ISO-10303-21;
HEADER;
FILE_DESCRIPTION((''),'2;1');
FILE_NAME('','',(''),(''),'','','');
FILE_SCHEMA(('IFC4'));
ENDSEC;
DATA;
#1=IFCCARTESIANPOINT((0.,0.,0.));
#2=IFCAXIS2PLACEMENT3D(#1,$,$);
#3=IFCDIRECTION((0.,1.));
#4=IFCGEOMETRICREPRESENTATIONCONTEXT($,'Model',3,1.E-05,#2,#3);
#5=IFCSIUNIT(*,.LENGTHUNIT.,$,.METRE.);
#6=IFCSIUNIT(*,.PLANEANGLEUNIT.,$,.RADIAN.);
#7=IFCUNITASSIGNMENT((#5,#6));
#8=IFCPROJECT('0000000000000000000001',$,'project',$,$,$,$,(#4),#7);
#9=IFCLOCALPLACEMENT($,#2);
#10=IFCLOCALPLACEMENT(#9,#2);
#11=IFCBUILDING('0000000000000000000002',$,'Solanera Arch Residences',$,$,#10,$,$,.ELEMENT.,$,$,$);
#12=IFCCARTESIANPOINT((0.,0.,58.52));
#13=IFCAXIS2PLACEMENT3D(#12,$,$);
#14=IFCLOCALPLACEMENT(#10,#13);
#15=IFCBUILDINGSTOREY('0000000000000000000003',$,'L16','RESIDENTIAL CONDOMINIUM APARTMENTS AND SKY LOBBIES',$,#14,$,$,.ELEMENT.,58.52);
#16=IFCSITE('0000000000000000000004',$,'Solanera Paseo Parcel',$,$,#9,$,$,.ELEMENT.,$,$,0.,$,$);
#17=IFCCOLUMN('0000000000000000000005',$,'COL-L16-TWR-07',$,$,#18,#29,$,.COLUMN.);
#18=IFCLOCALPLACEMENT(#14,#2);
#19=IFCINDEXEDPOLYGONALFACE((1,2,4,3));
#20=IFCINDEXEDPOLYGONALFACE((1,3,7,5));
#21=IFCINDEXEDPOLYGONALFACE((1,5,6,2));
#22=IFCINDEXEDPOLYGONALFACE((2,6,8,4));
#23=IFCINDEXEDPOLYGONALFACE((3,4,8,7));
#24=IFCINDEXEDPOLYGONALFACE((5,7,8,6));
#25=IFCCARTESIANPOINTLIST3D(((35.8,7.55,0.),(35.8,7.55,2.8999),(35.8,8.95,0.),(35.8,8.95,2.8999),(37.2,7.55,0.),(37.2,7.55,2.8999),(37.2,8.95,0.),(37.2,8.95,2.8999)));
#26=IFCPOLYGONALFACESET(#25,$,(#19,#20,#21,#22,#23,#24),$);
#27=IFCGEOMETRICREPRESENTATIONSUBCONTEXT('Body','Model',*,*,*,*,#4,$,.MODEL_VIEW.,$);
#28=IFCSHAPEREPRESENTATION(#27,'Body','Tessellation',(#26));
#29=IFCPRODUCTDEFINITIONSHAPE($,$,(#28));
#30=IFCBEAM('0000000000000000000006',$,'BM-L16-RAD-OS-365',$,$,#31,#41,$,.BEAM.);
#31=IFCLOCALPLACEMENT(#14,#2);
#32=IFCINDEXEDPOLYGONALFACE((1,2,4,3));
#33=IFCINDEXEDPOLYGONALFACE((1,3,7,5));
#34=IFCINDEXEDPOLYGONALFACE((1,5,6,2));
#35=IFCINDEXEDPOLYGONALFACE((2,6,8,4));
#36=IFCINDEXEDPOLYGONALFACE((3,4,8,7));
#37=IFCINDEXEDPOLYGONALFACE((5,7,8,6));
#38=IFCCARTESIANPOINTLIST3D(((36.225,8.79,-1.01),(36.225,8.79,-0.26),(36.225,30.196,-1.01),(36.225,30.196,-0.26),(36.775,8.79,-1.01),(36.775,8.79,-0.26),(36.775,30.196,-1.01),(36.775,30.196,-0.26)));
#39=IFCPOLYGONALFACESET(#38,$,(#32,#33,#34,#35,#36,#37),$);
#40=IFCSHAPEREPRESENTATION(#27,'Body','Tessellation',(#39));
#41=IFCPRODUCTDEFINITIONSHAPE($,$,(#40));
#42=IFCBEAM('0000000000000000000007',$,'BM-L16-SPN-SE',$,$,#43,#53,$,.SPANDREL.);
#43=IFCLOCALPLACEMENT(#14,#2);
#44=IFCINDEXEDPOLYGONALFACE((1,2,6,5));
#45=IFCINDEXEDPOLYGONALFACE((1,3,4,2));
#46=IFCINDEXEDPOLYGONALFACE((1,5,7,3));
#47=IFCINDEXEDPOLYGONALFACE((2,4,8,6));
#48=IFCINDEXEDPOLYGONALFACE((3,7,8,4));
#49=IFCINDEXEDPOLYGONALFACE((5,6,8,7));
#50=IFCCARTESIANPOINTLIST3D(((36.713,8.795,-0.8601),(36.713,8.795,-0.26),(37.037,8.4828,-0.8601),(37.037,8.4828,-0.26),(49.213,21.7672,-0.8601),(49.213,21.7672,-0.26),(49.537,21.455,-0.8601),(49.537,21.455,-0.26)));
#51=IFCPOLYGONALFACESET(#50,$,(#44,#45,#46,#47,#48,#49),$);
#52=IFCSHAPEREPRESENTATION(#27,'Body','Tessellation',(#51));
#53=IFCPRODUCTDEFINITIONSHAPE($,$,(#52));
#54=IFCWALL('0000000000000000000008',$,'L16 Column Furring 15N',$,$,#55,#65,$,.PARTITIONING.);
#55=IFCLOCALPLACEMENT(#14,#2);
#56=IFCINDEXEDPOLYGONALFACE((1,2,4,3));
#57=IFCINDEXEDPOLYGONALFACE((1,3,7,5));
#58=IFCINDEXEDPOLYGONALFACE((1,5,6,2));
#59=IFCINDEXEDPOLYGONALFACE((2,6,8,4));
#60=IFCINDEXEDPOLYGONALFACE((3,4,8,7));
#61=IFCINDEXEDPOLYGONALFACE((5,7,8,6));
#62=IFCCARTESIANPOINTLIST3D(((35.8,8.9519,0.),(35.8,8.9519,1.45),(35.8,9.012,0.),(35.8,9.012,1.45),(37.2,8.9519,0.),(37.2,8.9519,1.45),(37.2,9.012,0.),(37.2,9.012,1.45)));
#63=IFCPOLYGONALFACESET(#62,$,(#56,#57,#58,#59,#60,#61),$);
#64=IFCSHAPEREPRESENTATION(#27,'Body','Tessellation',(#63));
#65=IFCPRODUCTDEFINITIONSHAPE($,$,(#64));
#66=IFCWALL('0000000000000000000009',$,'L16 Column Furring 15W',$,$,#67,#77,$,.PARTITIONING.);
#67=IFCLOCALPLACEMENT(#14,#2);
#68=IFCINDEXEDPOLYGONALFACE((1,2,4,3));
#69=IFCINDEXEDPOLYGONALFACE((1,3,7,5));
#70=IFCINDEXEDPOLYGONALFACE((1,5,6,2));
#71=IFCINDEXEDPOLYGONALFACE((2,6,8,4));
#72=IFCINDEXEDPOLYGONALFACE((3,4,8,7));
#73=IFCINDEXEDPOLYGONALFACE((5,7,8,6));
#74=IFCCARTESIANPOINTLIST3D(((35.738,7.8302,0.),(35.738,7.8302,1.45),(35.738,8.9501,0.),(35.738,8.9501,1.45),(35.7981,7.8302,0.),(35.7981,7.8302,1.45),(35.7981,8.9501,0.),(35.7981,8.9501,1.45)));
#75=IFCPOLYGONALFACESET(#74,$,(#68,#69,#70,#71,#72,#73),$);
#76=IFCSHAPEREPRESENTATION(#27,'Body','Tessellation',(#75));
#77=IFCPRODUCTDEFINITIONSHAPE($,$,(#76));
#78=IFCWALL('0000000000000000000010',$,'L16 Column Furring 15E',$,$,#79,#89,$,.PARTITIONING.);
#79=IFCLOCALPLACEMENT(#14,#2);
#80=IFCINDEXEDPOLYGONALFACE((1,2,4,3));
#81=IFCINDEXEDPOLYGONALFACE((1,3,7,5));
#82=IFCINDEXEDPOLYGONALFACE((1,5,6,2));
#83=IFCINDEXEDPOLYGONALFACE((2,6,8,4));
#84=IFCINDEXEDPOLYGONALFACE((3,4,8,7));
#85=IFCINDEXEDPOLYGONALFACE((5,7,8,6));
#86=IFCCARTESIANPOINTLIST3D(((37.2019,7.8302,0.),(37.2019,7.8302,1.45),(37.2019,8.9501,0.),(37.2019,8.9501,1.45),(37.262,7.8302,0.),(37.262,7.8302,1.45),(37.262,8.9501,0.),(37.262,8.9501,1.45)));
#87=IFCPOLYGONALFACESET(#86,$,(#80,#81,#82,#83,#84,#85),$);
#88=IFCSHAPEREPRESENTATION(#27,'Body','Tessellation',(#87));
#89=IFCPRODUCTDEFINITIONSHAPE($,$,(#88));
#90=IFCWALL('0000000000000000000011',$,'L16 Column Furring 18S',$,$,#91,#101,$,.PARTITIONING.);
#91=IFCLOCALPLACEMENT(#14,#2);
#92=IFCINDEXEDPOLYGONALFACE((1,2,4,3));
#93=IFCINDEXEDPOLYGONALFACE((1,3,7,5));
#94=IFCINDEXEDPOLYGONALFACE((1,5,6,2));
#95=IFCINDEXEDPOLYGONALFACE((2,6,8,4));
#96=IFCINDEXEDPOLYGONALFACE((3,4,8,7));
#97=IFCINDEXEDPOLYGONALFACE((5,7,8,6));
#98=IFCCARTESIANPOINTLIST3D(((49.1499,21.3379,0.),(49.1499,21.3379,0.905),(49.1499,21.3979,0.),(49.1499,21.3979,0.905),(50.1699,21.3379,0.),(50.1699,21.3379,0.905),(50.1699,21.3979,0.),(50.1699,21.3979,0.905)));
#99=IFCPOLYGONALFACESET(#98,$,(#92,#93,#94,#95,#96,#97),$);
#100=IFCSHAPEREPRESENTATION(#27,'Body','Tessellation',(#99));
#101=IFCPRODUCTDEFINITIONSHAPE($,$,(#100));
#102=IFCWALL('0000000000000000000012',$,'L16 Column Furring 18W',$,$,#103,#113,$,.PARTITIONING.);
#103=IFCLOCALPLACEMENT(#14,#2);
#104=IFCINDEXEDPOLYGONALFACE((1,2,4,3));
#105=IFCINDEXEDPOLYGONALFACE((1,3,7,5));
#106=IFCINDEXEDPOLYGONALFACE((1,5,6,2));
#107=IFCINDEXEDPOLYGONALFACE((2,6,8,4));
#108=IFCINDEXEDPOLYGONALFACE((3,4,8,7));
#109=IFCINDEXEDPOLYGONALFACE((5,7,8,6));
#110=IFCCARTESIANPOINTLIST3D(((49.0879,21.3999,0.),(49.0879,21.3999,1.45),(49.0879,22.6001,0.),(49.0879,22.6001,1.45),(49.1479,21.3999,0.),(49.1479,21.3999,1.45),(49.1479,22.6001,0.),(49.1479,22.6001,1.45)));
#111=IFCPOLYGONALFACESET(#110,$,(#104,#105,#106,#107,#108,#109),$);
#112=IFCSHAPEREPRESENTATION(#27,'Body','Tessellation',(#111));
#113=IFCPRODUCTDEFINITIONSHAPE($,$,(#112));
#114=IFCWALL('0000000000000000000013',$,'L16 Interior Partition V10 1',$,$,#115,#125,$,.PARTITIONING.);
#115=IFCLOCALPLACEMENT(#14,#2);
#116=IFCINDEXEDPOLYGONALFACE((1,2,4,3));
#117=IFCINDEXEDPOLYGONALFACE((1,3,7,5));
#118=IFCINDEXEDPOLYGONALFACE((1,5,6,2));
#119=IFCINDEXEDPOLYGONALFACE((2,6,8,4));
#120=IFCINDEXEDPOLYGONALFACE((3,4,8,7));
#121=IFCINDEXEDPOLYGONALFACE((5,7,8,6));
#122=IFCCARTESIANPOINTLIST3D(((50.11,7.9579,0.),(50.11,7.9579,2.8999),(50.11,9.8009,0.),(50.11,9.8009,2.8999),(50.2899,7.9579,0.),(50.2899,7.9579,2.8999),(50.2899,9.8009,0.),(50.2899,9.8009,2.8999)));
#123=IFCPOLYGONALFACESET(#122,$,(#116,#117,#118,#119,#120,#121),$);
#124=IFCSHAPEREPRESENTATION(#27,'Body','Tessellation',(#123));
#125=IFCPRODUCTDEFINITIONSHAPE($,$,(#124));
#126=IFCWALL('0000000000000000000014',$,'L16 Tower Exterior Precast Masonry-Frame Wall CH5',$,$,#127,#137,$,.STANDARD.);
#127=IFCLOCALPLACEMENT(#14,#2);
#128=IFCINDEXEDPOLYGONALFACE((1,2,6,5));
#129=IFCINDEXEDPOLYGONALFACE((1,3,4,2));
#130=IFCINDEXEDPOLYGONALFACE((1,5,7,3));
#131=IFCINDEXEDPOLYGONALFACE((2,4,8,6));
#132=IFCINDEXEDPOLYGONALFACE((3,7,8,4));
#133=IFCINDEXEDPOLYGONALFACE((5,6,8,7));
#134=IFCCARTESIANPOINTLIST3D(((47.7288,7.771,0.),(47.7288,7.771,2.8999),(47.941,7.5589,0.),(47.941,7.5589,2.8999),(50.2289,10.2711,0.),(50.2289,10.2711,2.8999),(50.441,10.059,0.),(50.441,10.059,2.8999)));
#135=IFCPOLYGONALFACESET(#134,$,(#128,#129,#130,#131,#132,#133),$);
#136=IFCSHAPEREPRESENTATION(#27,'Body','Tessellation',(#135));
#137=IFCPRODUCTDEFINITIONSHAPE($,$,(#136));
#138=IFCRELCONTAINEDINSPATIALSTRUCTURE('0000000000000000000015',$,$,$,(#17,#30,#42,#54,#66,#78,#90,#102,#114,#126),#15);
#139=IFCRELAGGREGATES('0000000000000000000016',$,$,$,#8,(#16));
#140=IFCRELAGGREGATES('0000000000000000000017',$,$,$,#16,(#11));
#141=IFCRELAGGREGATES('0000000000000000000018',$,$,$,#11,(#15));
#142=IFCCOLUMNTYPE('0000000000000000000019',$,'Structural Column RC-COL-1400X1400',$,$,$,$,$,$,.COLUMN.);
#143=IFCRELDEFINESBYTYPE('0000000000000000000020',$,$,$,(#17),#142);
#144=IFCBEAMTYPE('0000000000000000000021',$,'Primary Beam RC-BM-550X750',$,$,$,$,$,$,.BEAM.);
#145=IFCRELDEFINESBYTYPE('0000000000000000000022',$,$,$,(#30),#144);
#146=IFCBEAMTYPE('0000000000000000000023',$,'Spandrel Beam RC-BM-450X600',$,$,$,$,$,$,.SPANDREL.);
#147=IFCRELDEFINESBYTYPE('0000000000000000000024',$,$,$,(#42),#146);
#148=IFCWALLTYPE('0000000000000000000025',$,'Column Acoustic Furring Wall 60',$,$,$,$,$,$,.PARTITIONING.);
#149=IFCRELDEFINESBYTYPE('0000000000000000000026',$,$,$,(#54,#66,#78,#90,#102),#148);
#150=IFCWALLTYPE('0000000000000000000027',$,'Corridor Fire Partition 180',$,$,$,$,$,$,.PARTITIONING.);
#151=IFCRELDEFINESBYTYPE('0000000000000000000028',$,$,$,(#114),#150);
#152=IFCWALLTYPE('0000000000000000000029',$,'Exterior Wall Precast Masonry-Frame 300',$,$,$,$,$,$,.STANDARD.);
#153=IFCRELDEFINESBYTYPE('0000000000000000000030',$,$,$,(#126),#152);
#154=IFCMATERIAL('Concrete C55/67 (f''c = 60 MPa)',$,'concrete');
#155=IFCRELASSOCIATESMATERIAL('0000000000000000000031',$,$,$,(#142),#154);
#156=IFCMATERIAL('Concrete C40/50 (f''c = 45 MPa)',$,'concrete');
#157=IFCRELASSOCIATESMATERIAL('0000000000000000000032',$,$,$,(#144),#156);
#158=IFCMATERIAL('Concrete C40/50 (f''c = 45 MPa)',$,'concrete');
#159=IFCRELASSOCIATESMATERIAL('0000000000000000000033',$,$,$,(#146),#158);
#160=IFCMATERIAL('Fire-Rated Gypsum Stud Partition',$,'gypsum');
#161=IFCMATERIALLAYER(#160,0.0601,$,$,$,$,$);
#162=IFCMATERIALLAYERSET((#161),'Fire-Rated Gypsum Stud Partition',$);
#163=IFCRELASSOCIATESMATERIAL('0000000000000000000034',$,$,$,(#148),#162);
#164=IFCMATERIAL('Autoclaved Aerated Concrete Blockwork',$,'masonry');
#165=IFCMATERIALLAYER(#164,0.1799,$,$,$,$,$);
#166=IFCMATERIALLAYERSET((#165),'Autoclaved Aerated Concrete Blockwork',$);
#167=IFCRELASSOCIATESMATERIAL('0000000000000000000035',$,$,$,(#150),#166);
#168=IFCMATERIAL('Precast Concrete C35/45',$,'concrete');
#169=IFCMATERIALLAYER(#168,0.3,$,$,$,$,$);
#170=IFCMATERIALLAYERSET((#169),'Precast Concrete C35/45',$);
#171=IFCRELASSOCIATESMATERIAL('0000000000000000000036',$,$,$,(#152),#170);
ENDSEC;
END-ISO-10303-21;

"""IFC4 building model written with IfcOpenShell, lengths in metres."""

from ifc_helpers import new_model, si_unit, direction, frame, frame_2d, origin, origin_2d, place, context, subcontext, project, spatial, rectangle, extrude, material, layer, layer_set, material_profile, profile_set, type_object, element, save


model = new_model("IFC4")

# Units and contexts
model_context = context("Model", 3, precision=1e-05, world=origin(), true_north=direction((0.0, 1.0)))
body_context = subcontext(model_context, "Body", "Model", "MODEL_VIEW")
ifc_project = project(units=[si_unit("LENGTHUNIT", "METRE"), si_unit("PLANEANGLEUNIT", "RADIAN")], contexts=[model_context])

# Site, building, storey
site_placement = place(None, origin())
site = spatial("IfcSite", under=ifc_project, at=site_placement, Name="Solanera Paseo Parcel", CompositionType="ELEMENT", RefElevation=0.0)
building_placement = place(site_placement, origin())
building = spatial("IfcBuilding", under=site, at=building_placement, Name="Solanera Arch Residences", CompositionType="ELEMENT")
storey_placement = place(building_placement, frame((0.0, 0.0, 58.52)))
storey = spatial("IfcBuildingStorey", under=building, at=storey_placement, Name="L16", Description="RESIDENTIAL CONDOMINIUM APARTMENTS AND SKY LOBBIES", CompositionType="ELEMENT", Elevation=58.52)

# Column
ifc_material_1 = material(Name="Concrete C55/67 (f'c = 60 MPa)", Category="concrete")
ifc_material_profile_1 = material_profile(ifc_material_1, rectangle(XDim=1.3999, YDim=1.3999, at=origin_2d()))
ifc_profile_set_1 = profile_set([ifc_material_profile_1], Name="Concrete C55/67 (f'c = 60 MPa)")
column_type = type_object("IfcColumnType", Name="Structural Column RC-COL-1400X1400", PredefinedType="COLUMN", material=ifc_profile_set_1)
column_placement = place(storey_placement, frame((36.5, 8.25, 0.0), z_axis=(0.0, 0.0, 1.0), x_axis=(1.0, 0.0, 0.0)))
element("IfcColumn", 1, at=column_placement, inside=storey, type_object=column_type, Name="COL-L16-TWR-07", PredefinedType="COLUMN", context=body_context, shape_type="SweptSolid", body=[
    extrude(rectangle(XDim=1.3999, YDim=1.3999, at=origin_2d()), origin(), (0.0, 0.0, 1.0), 2.8999),
])

# Beams
ifc_material_2 = material(Name="Concrete C40/50 (f'c = 45 MPa)", Category="concrete")
ifc_material_profile_2 = material_profile(ifc_material_2, rectangle(XDim=0.55, YDim=0.75, at=origin_2d()))
ifc_profile_set_2 = profile_set([ifc_material_profile_2], Name="Concrete C40/50 (f'c = 45 MPa)")
beam_type_1 = type_object("IfcBeamType", Name="Primary Beam RC-BM-550X750", PredefinedType="BEAM", material=ifc_profile_set_2)
beam_1_placement = place(storey_placement, frame((36.5, 8.79, -0.635), z_axis=(0.0, 1.0, 0.0), x_axis=(-1.0, 0.0, 0.0)))
element("IfcBeam", 2, at=beam_1_placement, inside=storey, type_object=beam_type_1, Name="BM-L16-RAD-OS-365", PredefinedType="BEAM", context=body_context, shape_type="SweptSolid", body=[
    extrude(rectangle(XDim=0.55, YDim=0.75, at=origin_2d()), origin(), (0.0, 0.0, 1.0), 21.406),
])
ifc_material_3 = material(Name="Concrete C40/50 (f'c = 45 MPa)", Category="concrete")
ifc_material_profile_3 = material_profile(ifc_material_3, rectangle(XDim=0.45, YDim=0.6001, at=origin_2d()))
ifc_profile_set_3 = profile_set([ifc_material_profile_3], Name="Concrete C40/50 (f'c = 45 MPa)")
beam_type_2 = type_object("IfcBeamType", Name="Spandrel Beam RC-BM-450X600", PredefinedType="SPANDREL", material=ifc_profile_set_3)
beam_2_placement = place(storey_placement, frame((36.875, 8.6389, -0.5601), z_axis=(0.69388, 0.72009, 0.0), x_axis=(-0.72009, 0.69388, 0.0)))
element("IfcBeam", 3, at=beam_2_placement, inside=storey, type_object=beam_type_2, Name="BM-L16-SPN-SE", PredefinedType="SPANDREL", context=body_context, shape_type="SweptSolid", body=[
    extrude(rectangle(XDim=0.45, YDim=0.6001, at=origin_2d()), origin(), (0.0, 0.0, 1.0), 18.0146),
])

# Walls
ifc_material_4 = material(Name="Fire-Rated Gypsum Stud Partition", Category="gypsum")
ifc_layer_1 = layer(ifc_material_4, 0.0601)
ifc_layer_set_1 = layer_set([ifc_layer_1], Name="Fire-Rated Gypsum Stud Partition")
wall_type_1 = type_object("IfcWallType", Name="Column Acoustic Furring Wall 60", PredefinedType="PARTITIONING", material=ifc_layer_set_1)
wall_1_placement = place(storey_placement, frame((35.8, 8.9819, 0.0), z_axis=(0.0, 0.0, 1.0), x_axis=(1.0, 0.0, 0.0)))
element("IfcWall", 4, at=wall_1_placement, inside=storey, type_object=wall_type_1, Name="L16 Column Furring 15N", PredefinedType="PARTITIONING", context=body_context, shape_type="SweptSolid", body=[
    extrude(rectangle(XDim=1.3999, YDim=0.0601, at=frame_2d((0.7, 0.0))), origin(), (0.0, 0.0, 1.0), 1.45),
])
for number, where, z_axis, x_axis, name in (
    (5, (35.7681, 7.8301, 0.0), (0.0, 0.0, 1.0), (0.0, 1.0, 0.0), "L16 Column Furring 15W"),
    (6, (37.2319, 7.8301, 0.0), (0.0, 0.0, 1.0), (0.0, 1.0, 0.0), "L16 Column Furring 15E"),
):
    element("IfcWall", number, at=place(storey_placement, frame(where, z_axis=z_axis, x_axis=x_axis)), inside=storey, type_object=wall_type_1, Name=name, PredefinedType="PARTITIONING", context=body_context, shape_type="SweptSolid", body=[
        extrude(rectangle(XDim=1.1199, YDim=0.0601, at=frame_2d((0.5601, 0.0))), origin(), (0.0, 0.0, 1.0), 1.45),
    ])
wall_2_placement = place(storey_placement, frame((49.1499, 21.3679, 0.0), z_axis=(0.0, 0.0, 1.0), x_axis=(1.0, 0.0, 0.0)))
element("IfcWall", 7, at=wall_2_placement, inside=storey, type_object=wall_type_1, Name="L16 Column Furring 18S", PredefinedType="PARTITIONING", context=body_context, shape_type="SweptSolid", body=[
    extrude(rectangle(XDim=1.02, YDim=0.0601, at=frame_2d((0.51, 0.0))), origin(), (0.0, 0.0, 1.0), 0.905),
])
wall_3_placement = place(storey_placement, frame((49.1179, 21.3999, 0.0), z_axis=(0.0, 0.0, 1.0), x_axis=(0.0, 1.0, 0.0)))
element("IfcWall", 8, at=wall_3_placement, inside=storey, type_object=wall_type_1, Name="L16 Column Furring 18W", PredefinedType="PARTITIONING", context=body_context, shape_type="SweptSolid", body=[
    extrude(rectangle(XDim=1.2002, YDim=0.0601, at=frame_2d((0.6001, 0.0))), origin(), (0.0, 0.0, 1.0), 1.45),
])
ifc_material_5 = material(Name="Autoclaved Aerated Concrete Blockwork", Category="masonry")
ifc_layer_2 = layer(ifc_material_5, 0.1799)
ifc_layer_set_2 = layer_set([ifc_layer_2], Name="Autoclaved Aerated Concrete Blockwork")
wall_type_2 = type_object("IfcWallType", Name="Corridor Fire Partition 180", PredefinedType="PARTITIONING", material=ifc_layer_set_2)
wall_4_placement = place(storey_placement, frame((50.2, 7.958, 0.0), z_axis=(0.0, 0.0, 1.0), x_axis=(0.0, 1.0, 0.0)))
element("IfcWall", 9, at=wall_4_placement, inside=storey, type_object=wall_type_2, Name="L16 Interior Partition V10 1", PredefinedType="PARTITIONING", context=body_context, shape_type="SweptSolid", body=[
    extrude(rectangle(XDim=1.843, YDim=0.1799, at=frame_2d((0.9214, 0.0))), origin(), (0.0, 0.0, 1.0), 2.8999),
])
ifc_material_6 = material(Name="Precast Concrete C35/45", Category="concrete")
ifc_layer_3 = layer(ifc_material_6, 0.3)
ifc_layer_set_3 = layer_set([ifc_layer_3], Name="Precast Concrete C35/45")
wall_type_3 = type_object("IfcWallType", Name="Exterior Wall Precast Masonry-Frame 300", PredefinedType="STANDARD", material=ifc_layer_set_3)
wall_5_placement = place(storey_placement, frame((50.335, 10.165, 0.0), z_axis=(0.0, 0.0, 1.0), x_axis=(-0.707107, -0.707107, 0.0)))
element("IfcWall", 10, at=wall_5_placement, inside=storey, type_object=wall_type_3, Name="L16 Tower Exterior Precast Masonry-Frame Wall CH5", PredefinedType="STANDARD", context=body_context, shape_type="SweptSolid", body=[
    extrude(rectangle(XDim=3.5356, YDim=0.3, at=frame_2d((1.7678, 0.0))), origin(), (0.0, 0.0, 1.0), 2.8999),
])

save(model, "model.ifc")
